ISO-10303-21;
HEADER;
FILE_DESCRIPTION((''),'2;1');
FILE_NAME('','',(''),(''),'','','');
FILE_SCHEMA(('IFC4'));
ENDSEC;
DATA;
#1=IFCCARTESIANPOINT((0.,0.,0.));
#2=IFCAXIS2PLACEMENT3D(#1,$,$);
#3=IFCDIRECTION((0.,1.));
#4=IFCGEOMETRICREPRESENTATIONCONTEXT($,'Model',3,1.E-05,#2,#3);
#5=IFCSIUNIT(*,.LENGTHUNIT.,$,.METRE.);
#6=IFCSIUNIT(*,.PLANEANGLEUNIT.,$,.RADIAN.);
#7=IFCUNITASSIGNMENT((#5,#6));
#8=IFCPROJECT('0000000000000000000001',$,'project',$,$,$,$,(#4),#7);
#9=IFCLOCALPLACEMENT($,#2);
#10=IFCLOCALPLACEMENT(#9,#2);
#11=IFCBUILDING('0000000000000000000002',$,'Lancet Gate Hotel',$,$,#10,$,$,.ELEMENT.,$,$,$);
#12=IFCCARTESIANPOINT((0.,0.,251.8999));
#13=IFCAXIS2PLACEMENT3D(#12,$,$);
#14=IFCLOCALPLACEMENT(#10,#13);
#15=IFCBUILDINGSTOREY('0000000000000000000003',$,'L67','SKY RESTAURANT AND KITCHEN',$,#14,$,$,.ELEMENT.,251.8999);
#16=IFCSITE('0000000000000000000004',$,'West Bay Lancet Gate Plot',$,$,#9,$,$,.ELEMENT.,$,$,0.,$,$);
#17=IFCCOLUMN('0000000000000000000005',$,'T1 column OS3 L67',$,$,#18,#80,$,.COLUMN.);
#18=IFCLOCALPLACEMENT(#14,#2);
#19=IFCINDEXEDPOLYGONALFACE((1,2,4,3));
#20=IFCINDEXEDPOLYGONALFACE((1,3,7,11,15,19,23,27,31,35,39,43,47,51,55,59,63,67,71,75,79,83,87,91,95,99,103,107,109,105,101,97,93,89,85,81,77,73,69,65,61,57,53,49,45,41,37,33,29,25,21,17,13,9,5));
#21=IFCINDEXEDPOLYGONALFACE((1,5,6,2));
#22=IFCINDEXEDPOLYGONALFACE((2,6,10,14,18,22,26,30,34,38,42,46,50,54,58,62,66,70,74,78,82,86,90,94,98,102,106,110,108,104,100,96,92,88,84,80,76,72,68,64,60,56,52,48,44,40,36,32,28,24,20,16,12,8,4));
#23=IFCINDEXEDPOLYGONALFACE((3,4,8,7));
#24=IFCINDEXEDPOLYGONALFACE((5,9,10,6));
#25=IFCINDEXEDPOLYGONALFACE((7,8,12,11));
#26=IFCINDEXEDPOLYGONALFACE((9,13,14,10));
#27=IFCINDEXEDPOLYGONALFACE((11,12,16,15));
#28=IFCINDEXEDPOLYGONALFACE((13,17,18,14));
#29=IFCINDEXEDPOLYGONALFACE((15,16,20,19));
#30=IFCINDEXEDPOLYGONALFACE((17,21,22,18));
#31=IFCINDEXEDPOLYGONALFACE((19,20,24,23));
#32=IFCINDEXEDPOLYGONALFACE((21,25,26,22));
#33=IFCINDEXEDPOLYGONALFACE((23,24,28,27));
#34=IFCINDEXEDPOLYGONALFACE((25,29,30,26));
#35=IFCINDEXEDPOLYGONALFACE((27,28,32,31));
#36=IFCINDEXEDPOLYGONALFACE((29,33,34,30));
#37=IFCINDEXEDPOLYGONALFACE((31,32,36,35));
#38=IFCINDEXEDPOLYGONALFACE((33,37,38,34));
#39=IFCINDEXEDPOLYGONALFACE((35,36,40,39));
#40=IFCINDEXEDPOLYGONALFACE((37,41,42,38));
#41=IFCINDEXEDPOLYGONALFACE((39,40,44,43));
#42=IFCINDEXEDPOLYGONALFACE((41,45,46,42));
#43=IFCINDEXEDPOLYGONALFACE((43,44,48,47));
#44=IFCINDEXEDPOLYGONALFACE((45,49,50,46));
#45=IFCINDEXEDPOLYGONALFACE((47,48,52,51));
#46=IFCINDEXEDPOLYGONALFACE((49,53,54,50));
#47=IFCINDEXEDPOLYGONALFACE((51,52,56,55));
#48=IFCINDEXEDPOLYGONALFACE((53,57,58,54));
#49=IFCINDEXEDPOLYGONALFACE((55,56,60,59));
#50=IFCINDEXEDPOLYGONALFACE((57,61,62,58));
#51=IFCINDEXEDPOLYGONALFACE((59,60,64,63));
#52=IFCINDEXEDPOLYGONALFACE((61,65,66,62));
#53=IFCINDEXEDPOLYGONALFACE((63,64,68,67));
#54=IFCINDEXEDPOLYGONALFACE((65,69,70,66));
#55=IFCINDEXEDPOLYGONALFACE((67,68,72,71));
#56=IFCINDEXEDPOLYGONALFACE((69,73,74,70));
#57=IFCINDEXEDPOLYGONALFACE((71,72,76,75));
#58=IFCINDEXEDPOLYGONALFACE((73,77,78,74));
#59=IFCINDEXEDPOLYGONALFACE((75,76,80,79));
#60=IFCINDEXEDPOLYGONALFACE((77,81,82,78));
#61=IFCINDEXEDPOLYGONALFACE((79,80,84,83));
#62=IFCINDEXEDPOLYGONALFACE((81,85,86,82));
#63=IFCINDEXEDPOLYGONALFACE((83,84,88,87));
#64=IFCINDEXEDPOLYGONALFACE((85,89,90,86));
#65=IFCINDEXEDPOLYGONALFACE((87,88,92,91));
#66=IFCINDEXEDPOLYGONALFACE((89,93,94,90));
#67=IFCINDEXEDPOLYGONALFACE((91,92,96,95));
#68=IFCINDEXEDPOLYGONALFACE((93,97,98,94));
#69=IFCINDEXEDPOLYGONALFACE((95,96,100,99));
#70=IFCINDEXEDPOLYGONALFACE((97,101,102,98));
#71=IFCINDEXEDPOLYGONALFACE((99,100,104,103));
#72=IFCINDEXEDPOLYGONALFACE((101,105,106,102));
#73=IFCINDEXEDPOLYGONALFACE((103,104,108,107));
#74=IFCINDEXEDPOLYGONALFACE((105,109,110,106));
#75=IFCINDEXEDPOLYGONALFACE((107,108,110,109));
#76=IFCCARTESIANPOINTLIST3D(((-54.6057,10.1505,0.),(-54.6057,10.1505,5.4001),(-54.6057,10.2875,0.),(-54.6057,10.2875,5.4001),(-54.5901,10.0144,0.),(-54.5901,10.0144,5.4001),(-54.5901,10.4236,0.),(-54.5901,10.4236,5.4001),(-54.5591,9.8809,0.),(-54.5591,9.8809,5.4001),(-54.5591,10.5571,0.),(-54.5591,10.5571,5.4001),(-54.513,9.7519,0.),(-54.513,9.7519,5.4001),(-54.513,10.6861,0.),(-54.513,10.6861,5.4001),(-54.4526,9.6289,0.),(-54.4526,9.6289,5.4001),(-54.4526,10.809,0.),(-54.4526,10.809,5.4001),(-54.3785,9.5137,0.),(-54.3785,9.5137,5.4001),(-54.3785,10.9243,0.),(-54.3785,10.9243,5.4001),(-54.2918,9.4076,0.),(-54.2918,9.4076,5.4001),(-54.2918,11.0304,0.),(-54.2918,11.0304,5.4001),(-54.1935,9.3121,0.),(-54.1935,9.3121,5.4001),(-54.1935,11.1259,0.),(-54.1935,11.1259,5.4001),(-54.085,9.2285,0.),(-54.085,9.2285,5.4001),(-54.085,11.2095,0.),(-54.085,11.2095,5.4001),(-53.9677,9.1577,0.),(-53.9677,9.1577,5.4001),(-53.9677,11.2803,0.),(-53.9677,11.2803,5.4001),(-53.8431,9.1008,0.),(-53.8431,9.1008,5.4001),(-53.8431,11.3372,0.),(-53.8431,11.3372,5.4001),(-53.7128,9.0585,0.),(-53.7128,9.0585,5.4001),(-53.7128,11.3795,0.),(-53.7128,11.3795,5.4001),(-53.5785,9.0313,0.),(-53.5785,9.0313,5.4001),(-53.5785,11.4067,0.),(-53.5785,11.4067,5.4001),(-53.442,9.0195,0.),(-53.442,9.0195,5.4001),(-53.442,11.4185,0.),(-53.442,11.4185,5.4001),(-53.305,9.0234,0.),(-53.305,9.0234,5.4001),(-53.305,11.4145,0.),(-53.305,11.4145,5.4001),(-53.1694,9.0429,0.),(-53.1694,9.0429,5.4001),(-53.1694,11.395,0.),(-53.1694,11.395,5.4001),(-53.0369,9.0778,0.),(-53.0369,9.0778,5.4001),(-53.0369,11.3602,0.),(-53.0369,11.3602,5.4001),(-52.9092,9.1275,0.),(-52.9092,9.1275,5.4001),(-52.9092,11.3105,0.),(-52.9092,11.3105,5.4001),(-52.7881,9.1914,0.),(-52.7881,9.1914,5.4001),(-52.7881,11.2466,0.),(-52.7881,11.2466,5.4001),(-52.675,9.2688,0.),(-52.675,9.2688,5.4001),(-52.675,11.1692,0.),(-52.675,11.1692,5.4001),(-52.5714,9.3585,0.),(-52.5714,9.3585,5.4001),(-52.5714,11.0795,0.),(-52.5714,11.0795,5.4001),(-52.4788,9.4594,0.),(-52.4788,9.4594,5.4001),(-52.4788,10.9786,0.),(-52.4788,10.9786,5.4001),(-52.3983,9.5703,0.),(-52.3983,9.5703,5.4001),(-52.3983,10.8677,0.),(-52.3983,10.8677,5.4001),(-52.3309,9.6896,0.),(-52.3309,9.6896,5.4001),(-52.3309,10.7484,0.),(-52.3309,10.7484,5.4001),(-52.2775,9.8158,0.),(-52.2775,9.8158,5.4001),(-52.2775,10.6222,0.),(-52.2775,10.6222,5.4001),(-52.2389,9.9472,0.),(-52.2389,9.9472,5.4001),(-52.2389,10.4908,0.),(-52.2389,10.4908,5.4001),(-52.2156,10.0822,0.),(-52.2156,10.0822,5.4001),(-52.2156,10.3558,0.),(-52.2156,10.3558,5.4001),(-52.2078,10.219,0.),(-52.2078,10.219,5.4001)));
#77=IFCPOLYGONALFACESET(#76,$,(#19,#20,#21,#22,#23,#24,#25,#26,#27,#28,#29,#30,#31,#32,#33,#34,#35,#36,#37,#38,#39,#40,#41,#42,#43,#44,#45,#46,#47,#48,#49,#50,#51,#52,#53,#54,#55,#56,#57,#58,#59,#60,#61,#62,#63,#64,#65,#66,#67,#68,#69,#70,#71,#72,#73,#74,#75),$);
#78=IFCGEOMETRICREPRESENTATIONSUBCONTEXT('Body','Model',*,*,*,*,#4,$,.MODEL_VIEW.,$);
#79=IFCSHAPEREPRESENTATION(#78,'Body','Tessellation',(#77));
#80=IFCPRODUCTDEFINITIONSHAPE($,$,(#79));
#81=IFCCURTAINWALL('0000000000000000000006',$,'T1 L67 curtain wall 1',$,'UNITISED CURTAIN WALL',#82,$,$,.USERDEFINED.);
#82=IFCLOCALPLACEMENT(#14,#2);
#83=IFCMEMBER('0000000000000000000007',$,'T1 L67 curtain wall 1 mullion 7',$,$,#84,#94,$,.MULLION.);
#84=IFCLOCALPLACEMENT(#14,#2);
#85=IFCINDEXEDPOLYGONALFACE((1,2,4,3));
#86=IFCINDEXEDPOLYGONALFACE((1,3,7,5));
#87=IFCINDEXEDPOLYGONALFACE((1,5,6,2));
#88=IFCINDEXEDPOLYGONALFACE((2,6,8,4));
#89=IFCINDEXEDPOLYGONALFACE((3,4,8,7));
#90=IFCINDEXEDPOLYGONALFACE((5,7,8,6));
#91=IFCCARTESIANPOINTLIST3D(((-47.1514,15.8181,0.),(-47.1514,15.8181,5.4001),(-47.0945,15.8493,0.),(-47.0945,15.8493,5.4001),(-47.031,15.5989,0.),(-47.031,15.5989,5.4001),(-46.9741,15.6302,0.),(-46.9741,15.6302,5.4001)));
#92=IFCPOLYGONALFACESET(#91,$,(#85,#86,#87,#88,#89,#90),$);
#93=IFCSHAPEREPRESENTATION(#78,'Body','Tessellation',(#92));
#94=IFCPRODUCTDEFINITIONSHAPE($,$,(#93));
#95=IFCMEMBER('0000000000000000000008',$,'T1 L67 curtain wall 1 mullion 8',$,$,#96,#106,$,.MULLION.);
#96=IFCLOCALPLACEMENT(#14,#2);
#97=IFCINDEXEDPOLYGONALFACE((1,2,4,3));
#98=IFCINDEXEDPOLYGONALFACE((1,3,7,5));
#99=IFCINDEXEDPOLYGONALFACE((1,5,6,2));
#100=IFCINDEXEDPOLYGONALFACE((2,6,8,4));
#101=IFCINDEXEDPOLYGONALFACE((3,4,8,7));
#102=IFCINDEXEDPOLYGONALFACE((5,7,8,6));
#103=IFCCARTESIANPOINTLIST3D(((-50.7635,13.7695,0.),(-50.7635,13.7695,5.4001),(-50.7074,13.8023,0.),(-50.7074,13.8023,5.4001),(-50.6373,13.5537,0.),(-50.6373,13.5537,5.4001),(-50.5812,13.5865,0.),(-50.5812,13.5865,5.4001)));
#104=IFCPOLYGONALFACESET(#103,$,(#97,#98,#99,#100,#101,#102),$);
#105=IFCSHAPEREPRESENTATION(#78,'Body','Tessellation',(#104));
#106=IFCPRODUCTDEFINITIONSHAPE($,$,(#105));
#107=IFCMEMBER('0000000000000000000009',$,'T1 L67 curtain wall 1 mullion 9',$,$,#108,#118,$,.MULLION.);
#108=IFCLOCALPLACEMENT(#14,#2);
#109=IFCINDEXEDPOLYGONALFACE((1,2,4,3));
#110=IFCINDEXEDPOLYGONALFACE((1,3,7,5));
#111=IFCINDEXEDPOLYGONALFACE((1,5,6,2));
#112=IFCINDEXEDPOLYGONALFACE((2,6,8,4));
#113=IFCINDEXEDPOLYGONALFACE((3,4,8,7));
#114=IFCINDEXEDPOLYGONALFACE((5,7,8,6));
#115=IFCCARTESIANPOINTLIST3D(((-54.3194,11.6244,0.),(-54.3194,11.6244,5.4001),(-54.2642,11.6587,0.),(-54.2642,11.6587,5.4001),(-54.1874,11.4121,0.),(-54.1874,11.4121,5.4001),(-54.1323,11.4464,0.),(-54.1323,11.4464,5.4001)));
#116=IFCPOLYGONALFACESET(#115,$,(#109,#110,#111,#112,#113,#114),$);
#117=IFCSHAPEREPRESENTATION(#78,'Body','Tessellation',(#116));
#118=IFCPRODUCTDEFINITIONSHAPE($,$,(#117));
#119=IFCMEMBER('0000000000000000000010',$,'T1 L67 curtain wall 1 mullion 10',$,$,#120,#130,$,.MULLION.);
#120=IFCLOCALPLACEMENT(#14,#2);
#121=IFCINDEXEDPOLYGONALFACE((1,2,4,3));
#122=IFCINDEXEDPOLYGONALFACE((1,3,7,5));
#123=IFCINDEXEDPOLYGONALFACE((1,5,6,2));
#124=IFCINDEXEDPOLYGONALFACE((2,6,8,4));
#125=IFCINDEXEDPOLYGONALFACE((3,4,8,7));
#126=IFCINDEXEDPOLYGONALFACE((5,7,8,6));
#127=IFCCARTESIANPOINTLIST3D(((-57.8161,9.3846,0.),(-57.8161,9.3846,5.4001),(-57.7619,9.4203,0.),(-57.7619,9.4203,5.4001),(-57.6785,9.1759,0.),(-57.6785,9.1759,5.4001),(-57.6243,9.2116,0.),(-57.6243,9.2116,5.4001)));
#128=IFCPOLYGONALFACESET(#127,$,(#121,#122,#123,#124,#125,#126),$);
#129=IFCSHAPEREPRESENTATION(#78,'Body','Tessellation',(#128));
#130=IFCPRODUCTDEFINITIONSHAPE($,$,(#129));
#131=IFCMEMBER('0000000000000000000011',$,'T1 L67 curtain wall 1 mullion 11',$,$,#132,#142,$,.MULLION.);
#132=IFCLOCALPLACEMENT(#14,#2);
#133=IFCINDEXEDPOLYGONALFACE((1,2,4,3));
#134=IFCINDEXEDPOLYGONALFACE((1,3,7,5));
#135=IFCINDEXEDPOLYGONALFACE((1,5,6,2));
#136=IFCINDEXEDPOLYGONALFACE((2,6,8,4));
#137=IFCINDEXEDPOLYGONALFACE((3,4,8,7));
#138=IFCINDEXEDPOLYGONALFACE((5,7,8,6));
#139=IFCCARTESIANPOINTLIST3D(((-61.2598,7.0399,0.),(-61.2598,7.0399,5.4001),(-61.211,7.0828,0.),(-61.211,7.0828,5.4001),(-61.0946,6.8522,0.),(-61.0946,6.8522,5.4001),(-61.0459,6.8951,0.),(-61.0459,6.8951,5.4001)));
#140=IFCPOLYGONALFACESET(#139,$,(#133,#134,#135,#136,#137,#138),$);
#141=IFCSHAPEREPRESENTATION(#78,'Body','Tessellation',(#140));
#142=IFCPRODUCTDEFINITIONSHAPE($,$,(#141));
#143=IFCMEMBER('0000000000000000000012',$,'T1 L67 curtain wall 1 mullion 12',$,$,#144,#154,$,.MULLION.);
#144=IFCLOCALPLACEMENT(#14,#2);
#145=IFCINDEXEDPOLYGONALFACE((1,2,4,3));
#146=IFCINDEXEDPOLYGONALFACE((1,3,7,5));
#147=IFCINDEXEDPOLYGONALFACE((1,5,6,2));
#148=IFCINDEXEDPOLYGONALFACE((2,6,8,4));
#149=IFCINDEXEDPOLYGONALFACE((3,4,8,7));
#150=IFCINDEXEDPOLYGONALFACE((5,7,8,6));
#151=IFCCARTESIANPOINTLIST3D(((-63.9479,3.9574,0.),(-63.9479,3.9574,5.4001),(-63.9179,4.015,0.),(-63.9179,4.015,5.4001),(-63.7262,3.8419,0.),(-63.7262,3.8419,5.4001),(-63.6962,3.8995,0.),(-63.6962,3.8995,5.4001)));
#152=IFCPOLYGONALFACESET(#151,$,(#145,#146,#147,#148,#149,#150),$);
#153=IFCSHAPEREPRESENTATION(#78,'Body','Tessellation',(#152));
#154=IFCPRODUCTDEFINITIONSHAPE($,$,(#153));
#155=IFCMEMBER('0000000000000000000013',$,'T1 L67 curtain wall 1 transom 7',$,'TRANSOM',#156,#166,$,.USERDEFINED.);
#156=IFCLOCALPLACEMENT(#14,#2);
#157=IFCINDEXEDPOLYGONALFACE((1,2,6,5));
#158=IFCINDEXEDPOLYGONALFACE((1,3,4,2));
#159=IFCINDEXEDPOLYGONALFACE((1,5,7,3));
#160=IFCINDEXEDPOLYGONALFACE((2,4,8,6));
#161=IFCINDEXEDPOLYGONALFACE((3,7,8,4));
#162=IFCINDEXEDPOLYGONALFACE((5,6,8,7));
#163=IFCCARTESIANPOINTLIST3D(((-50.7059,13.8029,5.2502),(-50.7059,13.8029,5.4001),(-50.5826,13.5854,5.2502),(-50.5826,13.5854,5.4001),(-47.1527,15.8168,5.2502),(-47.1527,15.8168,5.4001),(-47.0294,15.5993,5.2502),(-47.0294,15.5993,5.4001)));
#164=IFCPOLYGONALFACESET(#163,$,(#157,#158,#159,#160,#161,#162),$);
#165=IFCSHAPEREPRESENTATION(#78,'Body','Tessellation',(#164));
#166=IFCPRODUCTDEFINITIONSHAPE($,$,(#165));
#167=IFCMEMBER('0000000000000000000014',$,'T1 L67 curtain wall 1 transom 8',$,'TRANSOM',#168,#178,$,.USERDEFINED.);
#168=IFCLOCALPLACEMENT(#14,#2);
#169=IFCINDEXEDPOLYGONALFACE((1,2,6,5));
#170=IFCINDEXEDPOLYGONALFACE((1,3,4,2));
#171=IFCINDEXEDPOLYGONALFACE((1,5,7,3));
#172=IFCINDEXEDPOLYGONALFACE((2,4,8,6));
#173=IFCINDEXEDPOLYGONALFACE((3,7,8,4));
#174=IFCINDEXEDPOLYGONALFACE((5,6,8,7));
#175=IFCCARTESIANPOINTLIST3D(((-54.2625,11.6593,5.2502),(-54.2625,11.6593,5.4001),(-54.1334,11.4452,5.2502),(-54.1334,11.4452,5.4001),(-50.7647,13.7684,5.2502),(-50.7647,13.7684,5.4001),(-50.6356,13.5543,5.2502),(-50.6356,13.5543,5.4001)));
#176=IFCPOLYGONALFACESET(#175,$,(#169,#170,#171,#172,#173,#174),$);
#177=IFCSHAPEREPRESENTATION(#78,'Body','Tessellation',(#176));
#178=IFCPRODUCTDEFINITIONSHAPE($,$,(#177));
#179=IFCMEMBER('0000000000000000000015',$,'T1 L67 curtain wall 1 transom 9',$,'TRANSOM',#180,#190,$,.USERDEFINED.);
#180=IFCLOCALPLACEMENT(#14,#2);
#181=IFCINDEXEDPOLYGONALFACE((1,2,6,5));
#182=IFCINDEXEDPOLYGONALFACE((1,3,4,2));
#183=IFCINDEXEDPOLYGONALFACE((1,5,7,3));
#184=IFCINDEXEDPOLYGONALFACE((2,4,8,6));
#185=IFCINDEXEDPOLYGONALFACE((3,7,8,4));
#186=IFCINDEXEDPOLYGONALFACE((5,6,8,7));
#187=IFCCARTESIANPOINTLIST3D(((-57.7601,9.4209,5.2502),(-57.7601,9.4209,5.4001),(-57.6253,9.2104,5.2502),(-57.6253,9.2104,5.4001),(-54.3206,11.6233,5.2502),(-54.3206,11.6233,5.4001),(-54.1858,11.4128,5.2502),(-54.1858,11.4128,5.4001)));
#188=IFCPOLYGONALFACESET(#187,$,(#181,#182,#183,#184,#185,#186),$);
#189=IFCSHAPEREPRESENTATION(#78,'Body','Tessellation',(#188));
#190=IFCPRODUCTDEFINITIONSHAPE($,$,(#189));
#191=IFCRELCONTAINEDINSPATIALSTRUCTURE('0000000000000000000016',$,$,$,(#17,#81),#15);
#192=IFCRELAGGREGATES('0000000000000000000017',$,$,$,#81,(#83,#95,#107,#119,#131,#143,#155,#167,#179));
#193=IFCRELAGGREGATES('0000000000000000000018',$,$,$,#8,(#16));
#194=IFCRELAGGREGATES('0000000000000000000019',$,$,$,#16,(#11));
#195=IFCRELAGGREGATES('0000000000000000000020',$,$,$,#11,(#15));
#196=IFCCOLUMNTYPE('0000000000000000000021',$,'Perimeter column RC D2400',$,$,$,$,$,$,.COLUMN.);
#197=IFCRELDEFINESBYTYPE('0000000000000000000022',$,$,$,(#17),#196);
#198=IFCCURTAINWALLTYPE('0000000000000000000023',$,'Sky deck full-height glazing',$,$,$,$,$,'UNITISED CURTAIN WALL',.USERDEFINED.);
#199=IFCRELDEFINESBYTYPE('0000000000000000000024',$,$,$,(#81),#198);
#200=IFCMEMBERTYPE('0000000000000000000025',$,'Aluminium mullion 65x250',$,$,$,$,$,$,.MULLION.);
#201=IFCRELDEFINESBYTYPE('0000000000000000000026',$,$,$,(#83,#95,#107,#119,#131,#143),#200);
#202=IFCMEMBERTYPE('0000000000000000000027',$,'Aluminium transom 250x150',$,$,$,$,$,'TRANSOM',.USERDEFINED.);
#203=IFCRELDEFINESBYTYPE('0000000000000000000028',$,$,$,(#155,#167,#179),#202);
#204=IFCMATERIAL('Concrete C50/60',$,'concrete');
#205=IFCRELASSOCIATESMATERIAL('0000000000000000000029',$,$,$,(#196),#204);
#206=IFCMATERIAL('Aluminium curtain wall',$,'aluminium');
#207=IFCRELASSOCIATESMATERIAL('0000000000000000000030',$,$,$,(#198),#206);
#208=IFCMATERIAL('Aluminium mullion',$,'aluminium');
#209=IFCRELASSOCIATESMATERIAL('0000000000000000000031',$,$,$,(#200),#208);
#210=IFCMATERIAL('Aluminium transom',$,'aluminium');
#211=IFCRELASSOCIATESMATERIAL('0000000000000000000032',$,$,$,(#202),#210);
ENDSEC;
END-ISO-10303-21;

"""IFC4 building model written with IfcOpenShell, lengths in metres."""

from ifc_helpers import new_model, si_unit, direction, frame, origin, origin_2d, place, context, subcontext, project, spatial, rectangle, circle, extrude, material, material_profile, profile_set, type_object, element, aggregate, save


model = new_model("IFC4")

# Units and contexts
model_context = context("Model", 3, precision=1e-05, world=origin(), true_north=direction((0.0, 1.0)))
body_context = subcontext(model_context, "Body", "Model", "MODEL_VIEW")
ifc_project = project(units=[si_unit("LENGTHUNIT", "METRE"), si_unit("PLANEANGLEUNIT", "RADIAN")], contexts=[model_context])

# Site, building, storey
site_placement = place(None, origin())
site = spatial("IfcSite", under=ifc_project, at=site_placement, Name="West Bay Lancet Gate Plot", CompositionType="ELEMENT", RefElevation=0.0)
building_placement = place(site_placement, origin())
building = spatial("IfcBuilding", under=site, at=building_placement, Name="Lancet Gate Hotel", CompositionType="ELEMENT")
storey_placement = place(building_placement, frame((0.0, 0.0, 251.8999)))
storey = spatial("IfcBuildingStorey", under=building, at=storey_placement, Name="L67", Description="SKY RESTAURANT AND KITCHEN", CompositionType="ELEMENT", Elevation=251.8999)

# Column
ifc_material_1 = material(Name="Concrete C50/60", Category="concrete")
ifc_material_profile_1 = material_profile(ifc_material_1, circle(Radius=1.2, at=origin_2d()), Name="RC D2400")
ifc_profile_set_1 = profile_set([ifc_material_profile_1], Name="Concrete C50/60")
column_type = type_object("IfcColumnType", Name="Perimeter column RC D2400", PredefinedType="COLUMN", material=ifc_profile_set_1)
for number, where, z_axis, x_axis, name in (
    (1, (-53.4077, 10.219, 0.0), (0.0, 0.0, 1.0), (1.0, 0.0, 0.0), "T1 column OS3 L67"),
):
    element("IfcColumn", number, at=place(storey_placement, frame(where, z_axis=z_axis, x_axis=x_axis)), inside=storey, type_object=column_type, Name=name, PredefinedType="COLUMN", context=body_context, shape_type="SweptSolid", body=[
        extrude(circle(Radius=1.2, at=origin_2d()), origin(), (0.0, 0.0, 1.0), 5.4001),
    ])

# Curtain wall, members
ifc_material_2 = material(Name="Aluminium curtain wall", Category="aluminium")
curtain_wall_type = type_object("IfcCurtainWallType", Name="Sky deck full-height glazing", ElementType="UNITISED CURTAIN WALL", PredefinedType="USERDEFINED", material=ifc_material_2)
curtain_wall_placement = place(storey_placement, origin())
curtain_wall = element("IfcCurtainWall", 2, at=curtain_wall_placement, inside=storey, type_object=curtain_wall_type, Name="T1 L67 curtain wall 1", ObjectType="UNITISED CURTAIN WALL", PredefinedType="USERDEFINED")
ifc_material_3 = material(Name="Aluminium mullion", Category="aluminium")
ifc_material_profile_2 = material_profile(ifc_material_3, rectangle(XDim=0.0649, YDim=0.25, at=origin_2d()), Name="MULLION 65x250")
ifc_profile_set_2 = profile_set([ifc_material_profile_2], Name="Aluminium mullion")
member_type_1 = type_object("IfcMemberType", Name="Aluminium mullion 65x250", PredefinedType="MULLION", material=ifc_profile_set_2)
member_1_placement = place(storey_placement, frame((-47.0627, 15.7241, 0.0), z_axis=(0.0, 0.0, 1.0), x_axis=(-0.876516, -0.481372, 0.0)))
member_1 = element("IfcMember", 3, at=member_1_placement, type_object=member_type_1, Name="T1 L67 curtain wall 1 mullion 7", PredefinedType="MULLION", context=body_context, shape_type="SweptSolid", body=[
    extrude(rectangle(XDim=0.0649, YDim=0.25, at=origin_2d()), origin(), (0.0, 0.0, 1.0), 5.4001),
])
member_2_placement = place(storey_placement, frame((-50.6724, 13.678, 0.0), z_axis=(0.0, 0.0, 1.0), x_axis=(-0.863242, -0.50479, 0.0)))
member_2 = element("IfcMember", 4, at=member_2_placement, type_object=member_type_1, Name="T1 L67 curtain wall 1 mullion 8", PredefinedType="MULLION", context=body_context, shape_type="SweptSolid", body=[
    extrude(rectangle(XDim=0.0649, YDim=0.25, at=origin_2d()), origin(), (0.0, 0.0, 1.0), 5.4001),
])
member_3_placement = place(storey_placement, frame((-54.2258, 11.5354, 0.0), z_axis=(0.0, 0.0, 1.0), x_axis=(-0.849342, -0.527842, 0.0)))
member_3 = element("IfcMember", 5, at=member_3_placement, type_object=member_type_1, Name="T1 L67 curtain wall 1 mullion 9", PredefinedType="MULLION", context=body_context, shape_type="SweptSolid", body=[
    extrude(rectangle(XDim=0.0649, YDim=0.25, at=origin_2d()), origin(), (0.0, 0.0, 1.0), 5.4001),
])
member_4_placement = place(storey_placement, frame((-57.7202, 9.2981, 0.0), z_axis=(0.0, 0.0, 1.0), x_axis=(-0.834827, -0.550512, 0.0)))
member_4 = element("IfcMember", 6, at=member_4_placement, type_object=member_type_1, Name="T1 L67 curtain wall 1 mullion 10", PredefinedType="MULLION", context=body_context, shape_type="SweptSolid", body=[
    extrude(rectangle(XDim=0.0649, YDim=0.25, at=origin_2d()), origin(), (0.0, 0.0, 1.0), 5.4001),
])
member_5_placement = place(storey_placement, frame((-61.1528, 6.9675, 0.0), z_axis=(0.0, 0.0, 1.0), x_axis=(-0.750716, -0.660626, 0.0)))
member_5 = element("IfcMember", 7, at=member_5_placement, type_object=member_type_1, Name="T1 L67 curtain wall 1 mullion 11", PredefinedType="MULLION", context=body_context, shape_type="SweptSolid", body=[
    extrude(rectangle(XDim=0.0649, YDim=0.25, at=origin_2d()), origin(), (0.0, 0.0, 1.0), 5.4001),
])
member_6_placement = place(storey_placement, frame((-63.822, 3.9285, 0.0), z_axis=(0.0, 0.0, 1.0), x_axis=(-0.462178, -0.886787, 0.0)))
member_6 = element("IfcMember", 8, at=member_6_placement, type_object=member_type_1, Name="T1 L67 curtain wall 1 mullion 12", PredefinedType="MULLION", context=body_context, shape_type="SweptSolid", body=[
    extrude(rectangle(XDim=0.0649, YDim=0.25, at=origin_2d()), origin(), (0.0, 0.0, 1.0), 5.4001),
])
ifc_material_4 = material(Name="Aluminium transom", Category="aluminium")
ifc_material_profile_3 = material_profile(ifc_material_4, rectangle(XDim=0.25, YDim=0.1499, at=origin_2d()), Name="TRANSOM 250x150")
ifc_profile_set_3 = profile_set([ifc_material_profile_3], Name="Aluminium transom")
member_type_2 = type_object("IfcMemberType", Name="Aluminium transom 250x150", ElementType="TRANSOM", PredefinedType="USERDEFINED", material=ifc_profile_set_3)
member_7_placement = place(storey_placement, frame((-47.0911, 15.708, 5.3252), z_axis=(-0.869978, -0.493091, 0.0), x_axis=(0.493091, -0.869978, 0.0)))
member_7 = element("IfcMember", 9, at=member_7_placement, type_object=member_type_2, Name="T1 L67 curtain wall 1 transom 7", ObjectType="TRANSOM", PredefinedType="USERDEFINED", context=body_context, shape_type="SweptSolid", body=[
    extrude(rectangle(XDim=0.25, YDim=0.1499, at=origin_2d()), origin(), (0.0, 0.0, 1.0), 4.0842),
])
member_8_placement = place(storey_placement, frame((-50.7002, 13.6614, 5.3252), z_axis=(-0.856362, -0.516376, 0.0), x_axis=(0.516376, -0.856362, 0.0)))
member_8 = element("IfcMember", 10, at=member_8_placement, type_object=member_type_2, Name="T1 L67 curtain wall 1 transom 8", ObjectType="TRANSOM", PredefinedType="USERDEFINED", context=body_context, shape_type="SweptSolid", body=[
    extrude(rectangle(XDim=0.25, YDim=0.1499, at=origin_2d()), origin(), (0.0, 0.0, 1.0), 4.0845),
])
member_9_placement = place(storey_placement, frame((-54.2532, 11.5181, 5.3252), z_axis=(-0.842144, -0.539252, 0.0), x_axis=(0.539252, -0.842144, 0.0)))
member_9 = element("IfcMember", 11, at=member_9_placement, type_object=member_type_2, Name="T1 L67 curtain wall 1 transom 9", ObjectType="TRANSOM", PredefinedType="USERDEFINED", context=body_context, shape_type="SweptSolid", body=[
    extrude(rectangle(XDim=0.25, YDim=0.1499, at=origin_2d()), origin(), (0.0, 0.0, 1.0), 4.0842),
])

aggregate(curtain_wall, [member_1, member_2, member_3, member_4, member_5, member_6, member_7, member_8, member_9])

save(model, "model.ifc")
